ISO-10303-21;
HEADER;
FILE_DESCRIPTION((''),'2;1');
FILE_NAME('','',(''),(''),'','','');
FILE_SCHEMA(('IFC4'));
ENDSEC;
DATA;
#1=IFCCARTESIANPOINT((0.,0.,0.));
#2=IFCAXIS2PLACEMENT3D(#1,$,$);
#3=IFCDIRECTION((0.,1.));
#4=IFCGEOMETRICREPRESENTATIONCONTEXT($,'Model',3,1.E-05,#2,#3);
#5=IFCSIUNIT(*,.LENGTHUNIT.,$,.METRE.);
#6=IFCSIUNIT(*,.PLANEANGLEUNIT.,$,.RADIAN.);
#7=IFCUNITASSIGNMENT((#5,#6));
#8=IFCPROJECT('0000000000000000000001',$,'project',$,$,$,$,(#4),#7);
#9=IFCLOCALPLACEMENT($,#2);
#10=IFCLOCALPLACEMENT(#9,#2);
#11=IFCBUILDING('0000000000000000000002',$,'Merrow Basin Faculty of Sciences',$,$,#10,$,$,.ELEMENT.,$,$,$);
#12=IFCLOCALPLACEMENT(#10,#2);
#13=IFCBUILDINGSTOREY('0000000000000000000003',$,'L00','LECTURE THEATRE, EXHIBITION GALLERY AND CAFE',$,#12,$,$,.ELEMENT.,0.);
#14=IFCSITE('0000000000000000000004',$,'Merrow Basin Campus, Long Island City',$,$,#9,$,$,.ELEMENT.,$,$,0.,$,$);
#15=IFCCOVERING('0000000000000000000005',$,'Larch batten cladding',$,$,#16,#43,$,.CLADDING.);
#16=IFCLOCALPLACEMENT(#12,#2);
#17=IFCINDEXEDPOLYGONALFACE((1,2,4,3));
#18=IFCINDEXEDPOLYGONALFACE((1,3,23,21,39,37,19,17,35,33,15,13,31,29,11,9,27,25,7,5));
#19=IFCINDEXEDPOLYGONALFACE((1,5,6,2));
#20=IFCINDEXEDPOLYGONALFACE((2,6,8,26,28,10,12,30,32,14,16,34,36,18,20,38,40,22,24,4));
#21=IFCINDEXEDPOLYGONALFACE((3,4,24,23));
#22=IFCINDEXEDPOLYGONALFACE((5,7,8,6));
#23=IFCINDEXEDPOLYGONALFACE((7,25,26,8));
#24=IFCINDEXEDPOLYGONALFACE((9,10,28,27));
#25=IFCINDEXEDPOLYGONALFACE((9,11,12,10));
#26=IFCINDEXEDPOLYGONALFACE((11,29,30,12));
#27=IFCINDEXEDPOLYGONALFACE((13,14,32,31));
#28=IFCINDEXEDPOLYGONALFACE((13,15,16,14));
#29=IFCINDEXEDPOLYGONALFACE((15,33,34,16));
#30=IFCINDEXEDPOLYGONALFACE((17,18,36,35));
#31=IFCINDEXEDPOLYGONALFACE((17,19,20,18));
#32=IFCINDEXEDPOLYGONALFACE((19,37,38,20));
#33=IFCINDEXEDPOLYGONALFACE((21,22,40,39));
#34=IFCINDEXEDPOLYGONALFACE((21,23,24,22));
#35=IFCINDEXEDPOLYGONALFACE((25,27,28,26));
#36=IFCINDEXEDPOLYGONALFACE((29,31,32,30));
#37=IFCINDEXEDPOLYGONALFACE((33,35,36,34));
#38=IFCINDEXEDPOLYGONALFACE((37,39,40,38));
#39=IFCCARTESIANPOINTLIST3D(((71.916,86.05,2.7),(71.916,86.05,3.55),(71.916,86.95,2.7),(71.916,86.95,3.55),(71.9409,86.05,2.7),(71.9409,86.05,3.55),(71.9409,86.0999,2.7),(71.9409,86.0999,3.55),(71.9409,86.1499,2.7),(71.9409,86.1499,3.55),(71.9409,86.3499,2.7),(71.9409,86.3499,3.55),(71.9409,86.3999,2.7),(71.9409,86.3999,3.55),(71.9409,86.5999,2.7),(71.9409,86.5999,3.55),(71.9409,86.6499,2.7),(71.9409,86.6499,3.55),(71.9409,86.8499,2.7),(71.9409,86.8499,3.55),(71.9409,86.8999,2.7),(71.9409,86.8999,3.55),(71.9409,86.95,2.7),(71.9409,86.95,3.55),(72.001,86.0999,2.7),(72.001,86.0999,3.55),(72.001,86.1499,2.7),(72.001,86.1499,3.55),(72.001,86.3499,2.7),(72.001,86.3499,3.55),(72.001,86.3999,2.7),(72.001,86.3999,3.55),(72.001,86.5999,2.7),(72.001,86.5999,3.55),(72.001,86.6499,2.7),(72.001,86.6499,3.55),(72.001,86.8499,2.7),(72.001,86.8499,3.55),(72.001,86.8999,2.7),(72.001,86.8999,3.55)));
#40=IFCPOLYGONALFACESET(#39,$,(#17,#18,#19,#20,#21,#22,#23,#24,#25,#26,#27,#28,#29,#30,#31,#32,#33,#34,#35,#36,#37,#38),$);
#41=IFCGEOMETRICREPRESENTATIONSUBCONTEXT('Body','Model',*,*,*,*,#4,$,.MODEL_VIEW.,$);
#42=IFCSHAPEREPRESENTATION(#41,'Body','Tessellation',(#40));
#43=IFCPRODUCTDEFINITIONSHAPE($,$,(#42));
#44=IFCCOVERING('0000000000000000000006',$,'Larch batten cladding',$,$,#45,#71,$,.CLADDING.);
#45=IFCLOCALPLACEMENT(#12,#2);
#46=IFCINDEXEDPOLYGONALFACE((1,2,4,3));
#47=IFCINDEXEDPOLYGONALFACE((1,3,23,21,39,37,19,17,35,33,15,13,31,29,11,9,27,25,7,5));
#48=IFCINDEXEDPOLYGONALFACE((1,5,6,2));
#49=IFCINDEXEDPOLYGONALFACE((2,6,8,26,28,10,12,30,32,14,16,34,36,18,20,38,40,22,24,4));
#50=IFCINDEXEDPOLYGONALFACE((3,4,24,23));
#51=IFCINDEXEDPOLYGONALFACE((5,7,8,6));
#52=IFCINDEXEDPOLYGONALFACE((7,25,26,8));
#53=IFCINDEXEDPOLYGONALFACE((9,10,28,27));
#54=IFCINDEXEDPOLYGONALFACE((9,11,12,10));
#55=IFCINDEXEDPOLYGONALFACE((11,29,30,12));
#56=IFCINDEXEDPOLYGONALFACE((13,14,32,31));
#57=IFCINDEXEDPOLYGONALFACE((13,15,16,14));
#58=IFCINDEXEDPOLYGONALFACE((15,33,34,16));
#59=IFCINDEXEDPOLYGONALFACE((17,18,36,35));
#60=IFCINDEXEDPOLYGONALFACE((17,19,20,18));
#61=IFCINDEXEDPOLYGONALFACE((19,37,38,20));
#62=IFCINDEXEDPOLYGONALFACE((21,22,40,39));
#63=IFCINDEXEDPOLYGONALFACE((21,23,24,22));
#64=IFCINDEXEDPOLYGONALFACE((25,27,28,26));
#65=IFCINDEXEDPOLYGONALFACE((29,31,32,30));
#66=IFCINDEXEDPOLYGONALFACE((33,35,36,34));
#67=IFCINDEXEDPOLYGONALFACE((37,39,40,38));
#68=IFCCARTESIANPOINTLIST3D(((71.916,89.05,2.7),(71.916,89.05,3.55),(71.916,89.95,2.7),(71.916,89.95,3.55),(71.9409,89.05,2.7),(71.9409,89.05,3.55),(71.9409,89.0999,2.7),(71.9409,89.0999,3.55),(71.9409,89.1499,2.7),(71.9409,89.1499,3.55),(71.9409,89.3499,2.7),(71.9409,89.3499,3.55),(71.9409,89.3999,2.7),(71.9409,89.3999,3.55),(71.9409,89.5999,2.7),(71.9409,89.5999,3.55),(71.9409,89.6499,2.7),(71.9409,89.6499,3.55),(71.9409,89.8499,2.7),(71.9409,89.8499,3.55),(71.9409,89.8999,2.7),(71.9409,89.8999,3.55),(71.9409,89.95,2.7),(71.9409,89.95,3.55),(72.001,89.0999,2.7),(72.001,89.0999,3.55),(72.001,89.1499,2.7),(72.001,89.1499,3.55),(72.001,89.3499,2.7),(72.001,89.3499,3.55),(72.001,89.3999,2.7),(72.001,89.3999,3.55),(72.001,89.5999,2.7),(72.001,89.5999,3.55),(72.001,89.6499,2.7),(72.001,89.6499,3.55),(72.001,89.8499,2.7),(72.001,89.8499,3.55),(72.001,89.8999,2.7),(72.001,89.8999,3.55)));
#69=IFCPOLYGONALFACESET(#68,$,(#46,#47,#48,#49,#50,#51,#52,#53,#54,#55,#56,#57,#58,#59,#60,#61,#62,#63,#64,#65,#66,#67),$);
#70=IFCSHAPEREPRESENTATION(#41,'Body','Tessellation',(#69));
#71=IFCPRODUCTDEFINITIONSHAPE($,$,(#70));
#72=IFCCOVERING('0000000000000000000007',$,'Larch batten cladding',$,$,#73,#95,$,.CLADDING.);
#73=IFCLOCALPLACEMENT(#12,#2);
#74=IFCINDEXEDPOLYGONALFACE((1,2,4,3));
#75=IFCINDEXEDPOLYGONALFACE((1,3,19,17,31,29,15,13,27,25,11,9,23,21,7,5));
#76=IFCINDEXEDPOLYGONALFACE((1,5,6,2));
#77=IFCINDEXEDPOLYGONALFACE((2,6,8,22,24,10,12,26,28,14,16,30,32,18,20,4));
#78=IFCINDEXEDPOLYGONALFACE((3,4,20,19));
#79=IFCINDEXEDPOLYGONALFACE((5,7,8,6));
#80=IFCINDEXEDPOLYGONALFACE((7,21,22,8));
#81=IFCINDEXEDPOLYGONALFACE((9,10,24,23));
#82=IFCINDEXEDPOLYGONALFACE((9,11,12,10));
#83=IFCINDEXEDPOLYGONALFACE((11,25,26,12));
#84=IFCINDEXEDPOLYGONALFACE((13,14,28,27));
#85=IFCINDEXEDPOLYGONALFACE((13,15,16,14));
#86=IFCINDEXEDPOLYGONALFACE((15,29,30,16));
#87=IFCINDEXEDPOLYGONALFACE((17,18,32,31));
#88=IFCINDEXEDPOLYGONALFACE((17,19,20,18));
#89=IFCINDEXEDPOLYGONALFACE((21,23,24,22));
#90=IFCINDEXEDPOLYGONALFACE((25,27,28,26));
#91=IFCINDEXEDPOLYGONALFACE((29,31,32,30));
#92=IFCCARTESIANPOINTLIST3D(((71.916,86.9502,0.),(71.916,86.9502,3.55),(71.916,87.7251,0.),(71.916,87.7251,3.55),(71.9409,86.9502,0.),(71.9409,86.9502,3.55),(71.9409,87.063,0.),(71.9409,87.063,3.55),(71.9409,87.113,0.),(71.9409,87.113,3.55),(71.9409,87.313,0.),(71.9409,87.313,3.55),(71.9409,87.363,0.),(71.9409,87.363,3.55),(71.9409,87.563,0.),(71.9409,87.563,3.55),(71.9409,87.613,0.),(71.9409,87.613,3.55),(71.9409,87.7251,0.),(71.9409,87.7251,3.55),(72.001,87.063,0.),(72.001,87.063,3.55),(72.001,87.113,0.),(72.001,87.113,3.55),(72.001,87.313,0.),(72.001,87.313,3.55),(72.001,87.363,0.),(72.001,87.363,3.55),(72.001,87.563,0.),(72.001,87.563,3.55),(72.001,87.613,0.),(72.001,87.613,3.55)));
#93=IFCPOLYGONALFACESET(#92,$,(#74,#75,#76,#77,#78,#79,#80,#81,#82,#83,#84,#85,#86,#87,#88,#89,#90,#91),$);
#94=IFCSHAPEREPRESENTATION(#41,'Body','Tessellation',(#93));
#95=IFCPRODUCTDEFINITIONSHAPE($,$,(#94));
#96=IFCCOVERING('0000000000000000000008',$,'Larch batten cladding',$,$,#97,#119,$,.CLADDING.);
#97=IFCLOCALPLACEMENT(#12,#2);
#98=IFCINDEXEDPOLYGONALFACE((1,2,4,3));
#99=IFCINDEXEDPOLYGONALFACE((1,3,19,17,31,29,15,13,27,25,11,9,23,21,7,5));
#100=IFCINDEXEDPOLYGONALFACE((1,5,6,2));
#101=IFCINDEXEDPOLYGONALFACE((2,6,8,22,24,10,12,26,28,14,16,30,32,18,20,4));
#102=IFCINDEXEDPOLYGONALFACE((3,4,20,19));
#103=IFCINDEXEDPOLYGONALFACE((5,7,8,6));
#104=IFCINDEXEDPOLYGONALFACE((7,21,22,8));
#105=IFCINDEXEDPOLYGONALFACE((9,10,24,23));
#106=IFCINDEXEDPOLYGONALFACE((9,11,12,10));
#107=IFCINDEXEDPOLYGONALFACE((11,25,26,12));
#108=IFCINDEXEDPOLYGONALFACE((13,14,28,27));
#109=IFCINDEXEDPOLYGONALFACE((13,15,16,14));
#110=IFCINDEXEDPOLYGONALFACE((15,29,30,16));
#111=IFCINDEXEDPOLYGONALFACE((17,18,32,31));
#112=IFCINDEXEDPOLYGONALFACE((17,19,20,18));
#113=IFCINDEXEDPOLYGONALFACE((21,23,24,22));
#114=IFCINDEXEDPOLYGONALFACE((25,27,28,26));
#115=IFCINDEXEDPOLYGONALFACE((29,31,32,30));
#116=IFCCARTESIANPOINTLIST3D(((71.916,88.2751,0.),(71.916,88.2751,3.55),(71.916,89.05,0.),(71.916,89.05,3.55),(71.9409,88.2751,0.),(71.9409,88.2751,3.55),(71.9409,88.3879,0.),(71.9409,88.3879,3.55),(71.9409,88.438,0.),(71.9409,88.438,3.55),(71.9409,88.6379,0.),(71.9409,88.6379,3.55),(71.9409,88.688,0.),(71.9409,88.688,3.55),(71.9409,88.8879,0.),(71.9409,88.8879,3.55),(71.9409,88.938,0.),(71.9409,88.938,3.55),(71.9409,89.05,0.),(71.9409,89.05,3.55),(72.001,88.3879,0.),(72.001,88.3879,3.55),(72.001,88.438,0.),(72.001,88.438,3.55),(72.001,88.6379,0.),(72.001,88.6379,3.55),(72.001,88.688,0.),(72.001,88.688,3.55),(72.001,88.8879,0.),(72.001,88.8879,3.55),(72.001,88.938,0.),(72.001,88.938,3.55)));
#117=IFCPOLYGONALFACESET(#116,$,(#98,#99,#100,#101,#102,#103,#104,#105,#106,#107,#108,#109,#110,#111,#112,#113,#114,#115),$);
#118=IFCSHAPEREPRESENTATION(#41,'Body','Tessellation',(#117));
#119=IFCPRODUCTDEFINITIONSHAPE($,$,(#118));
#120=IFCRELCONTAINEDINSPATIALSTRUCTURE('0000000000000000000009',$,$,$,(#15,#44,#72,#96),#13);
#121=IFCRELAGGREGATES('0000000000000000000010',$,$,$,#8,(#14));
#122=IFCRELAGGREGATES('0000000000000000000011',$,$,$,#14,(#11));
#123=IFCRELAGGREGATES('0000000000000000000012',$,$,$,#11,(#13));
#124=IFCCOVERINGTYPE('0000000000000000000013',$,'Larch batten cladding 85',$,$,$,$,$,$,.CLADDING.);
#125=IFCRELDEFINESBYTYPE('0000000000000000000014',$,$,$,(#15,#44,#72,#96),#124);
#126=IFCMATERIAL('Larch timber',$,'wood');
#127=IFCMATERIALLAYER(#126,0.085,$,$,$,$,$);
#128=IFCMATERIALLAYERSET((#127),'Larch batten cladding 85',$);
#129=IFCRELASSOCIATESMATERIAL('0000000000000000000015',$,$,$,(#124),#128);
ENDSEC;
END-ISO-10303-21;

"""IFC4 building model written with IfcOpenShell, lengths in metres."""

from ifc_helpers import new_model, si_unit, direction, frame, origin, place, context, subcontext, project, spatial, polyline, outline, extrude, source, transform, mapped, material, layer, layer_set, type_object, element, save


model = new_model("IFC4")

# Units and contexts
model_context = context("Model", 3, precision=1e-05, world=origin(), true_north=direction((0.0, 1.0)))
body_context = subcontext(model_context, "Body", "Model", "MODEL_VIEW")
ifc_project = project(units=[si_unit("LENGTHUNIT", "METRE"), si_unit("PLANEANGLEUNIT", "RADIAN")], contexts=[model_context])

# Site, building, storey
site_placement = place(None, origin())
site = spatial("IfcSite", under=ifc_project, at=site_placement, Name="Merrow Basin Campus, Long Island City", CompositionType="ELEMENT", RefElevation=0.0)
building_placement = place(site_placement, origin())
building = spatial("IfcBuilding", under=site, at=building_placement, Name="Merrow Basin Faculty of Sciences", CompositionType="ELEMENT")
storey_placement = place(building_placement, origin())
storey = spatial("IfcBuildingStorey", under=building, at=storey_placement, Name="L00", Description="LECTURE THEATRE, EXHIBITION GALLERY AND CAFE", CompositionType="ELEMENT", Elevation=0.0)

# Coverings
ifc_material_1 = material(Name="Larch timber", Category="wood")
ifc_layer_1 = layer(ifc_material_1, 0.085)
ifc_layer_set_1 = layer_set([ifc_layer_1], Name="Larch batten cladding 85")
covering_type = type_object("IfcCoveringType", Name="Larch batten cladding 85", PredefinedType="CLADDING", material=ifc_layer_set_1)
shared_shape_1 = source(origin(), body_context, "Body", "SweptSolid", [
    extrude(outline(polyline([(0.0, 0.0), (0.8999, 0.0), (0.8999, 0.0249), (0.8501, 0.0249), (0.8501, 0.085), (0.8, 0.085), (0.8, 0.0249), (0.6001, 0.0249), (0.6001, 0.085), (0.55, 0.085), (0.55, 0.0249), (0.3501, 0.0249), (0.3501, 0.085), (0.3, 0.085), (0.3, 0.0249), (0.1001, 0.0249), (0.1001, 0.085), (0.05, 0.085), (0.05, 0.0249), (0.0, 0.0249), (0.0, 0.0)])), origin(), (0.0, 0.0, 1.0), 0.8501),
])
for number, where, z_axis, x_axis, name in (
    (1, (71.916, 86.95, 2.7), (0.0, 0.0, 1.0), (0.0, -1.0, 0.0), "Larch batten cladding"),
    (2, (71.916, 89.95, 2.7), (0.0, 0.0, 1.0), (0.0, -1.0, 0.0), "Larch batten cladding"),
):
    element("IfcCovering", number, at=place(storey_placement, frame(where, z_axis=z_axis, x_axis=x_axis)), inside=storey, type_object=covering_type, Name=name, PredefinedType="CLADDING", context=body_context, shape_type="MappedRepresentation", body=[
        mapped(shared_shape_1, transform((0.0, 0.0, 0.0), scale=1.0)),
    ])
shared_shape_2 = source(origin(), body_context, "Body", "SweptSolid", [
    extrude(outline(polyline([(0.0, 0.0), (0.7749, 0.0), (0.7749, 0.0249), (0.6621, 0.0249), (0.6621, 0.085), (0.6121, 0.085), (0.6121, 0.0249), (0.4121, 0.0249), (0.4121, 0.085), (0.3621, 0.085), (0.3621, 0.0249), (0.1621, 0.0249), (0.1621, 0.085), (0.1121, 0.085), (0.1121, 0.0249), (0.0, 0.0249), (0.0, 0.0)])), origin(), (0.0, 0.0, 1.0), 3.55),
])
for number, where, z_axis, x_axis, name in (
    (3, (71.916, 87.7251, 0.0), (0.0, 0.0, 1.0), (0.0, -1.0, 0.0), "Larch batten cladding"),
    (4, (71.916, 89.05, 0.0), (0.0, 0.0, 1.0), (0.0, -1.0, 0.0), "Larch batten cladding"),
):
    element("IfcCovering", number, at=place(storey_placement, frame(where, z_axis=z_axis, x_axis=x_axis)), inside=storey, type_object=covering_type, Name=name, PredefinedType="CLADDING", context=body_context, shape_type="MappedRepresentation", body=[
        mapped(shared_shape_2, transform((0.0, 0.0, 0.0), scale=1.0)),
    ])

save(model, "model.ifc")
